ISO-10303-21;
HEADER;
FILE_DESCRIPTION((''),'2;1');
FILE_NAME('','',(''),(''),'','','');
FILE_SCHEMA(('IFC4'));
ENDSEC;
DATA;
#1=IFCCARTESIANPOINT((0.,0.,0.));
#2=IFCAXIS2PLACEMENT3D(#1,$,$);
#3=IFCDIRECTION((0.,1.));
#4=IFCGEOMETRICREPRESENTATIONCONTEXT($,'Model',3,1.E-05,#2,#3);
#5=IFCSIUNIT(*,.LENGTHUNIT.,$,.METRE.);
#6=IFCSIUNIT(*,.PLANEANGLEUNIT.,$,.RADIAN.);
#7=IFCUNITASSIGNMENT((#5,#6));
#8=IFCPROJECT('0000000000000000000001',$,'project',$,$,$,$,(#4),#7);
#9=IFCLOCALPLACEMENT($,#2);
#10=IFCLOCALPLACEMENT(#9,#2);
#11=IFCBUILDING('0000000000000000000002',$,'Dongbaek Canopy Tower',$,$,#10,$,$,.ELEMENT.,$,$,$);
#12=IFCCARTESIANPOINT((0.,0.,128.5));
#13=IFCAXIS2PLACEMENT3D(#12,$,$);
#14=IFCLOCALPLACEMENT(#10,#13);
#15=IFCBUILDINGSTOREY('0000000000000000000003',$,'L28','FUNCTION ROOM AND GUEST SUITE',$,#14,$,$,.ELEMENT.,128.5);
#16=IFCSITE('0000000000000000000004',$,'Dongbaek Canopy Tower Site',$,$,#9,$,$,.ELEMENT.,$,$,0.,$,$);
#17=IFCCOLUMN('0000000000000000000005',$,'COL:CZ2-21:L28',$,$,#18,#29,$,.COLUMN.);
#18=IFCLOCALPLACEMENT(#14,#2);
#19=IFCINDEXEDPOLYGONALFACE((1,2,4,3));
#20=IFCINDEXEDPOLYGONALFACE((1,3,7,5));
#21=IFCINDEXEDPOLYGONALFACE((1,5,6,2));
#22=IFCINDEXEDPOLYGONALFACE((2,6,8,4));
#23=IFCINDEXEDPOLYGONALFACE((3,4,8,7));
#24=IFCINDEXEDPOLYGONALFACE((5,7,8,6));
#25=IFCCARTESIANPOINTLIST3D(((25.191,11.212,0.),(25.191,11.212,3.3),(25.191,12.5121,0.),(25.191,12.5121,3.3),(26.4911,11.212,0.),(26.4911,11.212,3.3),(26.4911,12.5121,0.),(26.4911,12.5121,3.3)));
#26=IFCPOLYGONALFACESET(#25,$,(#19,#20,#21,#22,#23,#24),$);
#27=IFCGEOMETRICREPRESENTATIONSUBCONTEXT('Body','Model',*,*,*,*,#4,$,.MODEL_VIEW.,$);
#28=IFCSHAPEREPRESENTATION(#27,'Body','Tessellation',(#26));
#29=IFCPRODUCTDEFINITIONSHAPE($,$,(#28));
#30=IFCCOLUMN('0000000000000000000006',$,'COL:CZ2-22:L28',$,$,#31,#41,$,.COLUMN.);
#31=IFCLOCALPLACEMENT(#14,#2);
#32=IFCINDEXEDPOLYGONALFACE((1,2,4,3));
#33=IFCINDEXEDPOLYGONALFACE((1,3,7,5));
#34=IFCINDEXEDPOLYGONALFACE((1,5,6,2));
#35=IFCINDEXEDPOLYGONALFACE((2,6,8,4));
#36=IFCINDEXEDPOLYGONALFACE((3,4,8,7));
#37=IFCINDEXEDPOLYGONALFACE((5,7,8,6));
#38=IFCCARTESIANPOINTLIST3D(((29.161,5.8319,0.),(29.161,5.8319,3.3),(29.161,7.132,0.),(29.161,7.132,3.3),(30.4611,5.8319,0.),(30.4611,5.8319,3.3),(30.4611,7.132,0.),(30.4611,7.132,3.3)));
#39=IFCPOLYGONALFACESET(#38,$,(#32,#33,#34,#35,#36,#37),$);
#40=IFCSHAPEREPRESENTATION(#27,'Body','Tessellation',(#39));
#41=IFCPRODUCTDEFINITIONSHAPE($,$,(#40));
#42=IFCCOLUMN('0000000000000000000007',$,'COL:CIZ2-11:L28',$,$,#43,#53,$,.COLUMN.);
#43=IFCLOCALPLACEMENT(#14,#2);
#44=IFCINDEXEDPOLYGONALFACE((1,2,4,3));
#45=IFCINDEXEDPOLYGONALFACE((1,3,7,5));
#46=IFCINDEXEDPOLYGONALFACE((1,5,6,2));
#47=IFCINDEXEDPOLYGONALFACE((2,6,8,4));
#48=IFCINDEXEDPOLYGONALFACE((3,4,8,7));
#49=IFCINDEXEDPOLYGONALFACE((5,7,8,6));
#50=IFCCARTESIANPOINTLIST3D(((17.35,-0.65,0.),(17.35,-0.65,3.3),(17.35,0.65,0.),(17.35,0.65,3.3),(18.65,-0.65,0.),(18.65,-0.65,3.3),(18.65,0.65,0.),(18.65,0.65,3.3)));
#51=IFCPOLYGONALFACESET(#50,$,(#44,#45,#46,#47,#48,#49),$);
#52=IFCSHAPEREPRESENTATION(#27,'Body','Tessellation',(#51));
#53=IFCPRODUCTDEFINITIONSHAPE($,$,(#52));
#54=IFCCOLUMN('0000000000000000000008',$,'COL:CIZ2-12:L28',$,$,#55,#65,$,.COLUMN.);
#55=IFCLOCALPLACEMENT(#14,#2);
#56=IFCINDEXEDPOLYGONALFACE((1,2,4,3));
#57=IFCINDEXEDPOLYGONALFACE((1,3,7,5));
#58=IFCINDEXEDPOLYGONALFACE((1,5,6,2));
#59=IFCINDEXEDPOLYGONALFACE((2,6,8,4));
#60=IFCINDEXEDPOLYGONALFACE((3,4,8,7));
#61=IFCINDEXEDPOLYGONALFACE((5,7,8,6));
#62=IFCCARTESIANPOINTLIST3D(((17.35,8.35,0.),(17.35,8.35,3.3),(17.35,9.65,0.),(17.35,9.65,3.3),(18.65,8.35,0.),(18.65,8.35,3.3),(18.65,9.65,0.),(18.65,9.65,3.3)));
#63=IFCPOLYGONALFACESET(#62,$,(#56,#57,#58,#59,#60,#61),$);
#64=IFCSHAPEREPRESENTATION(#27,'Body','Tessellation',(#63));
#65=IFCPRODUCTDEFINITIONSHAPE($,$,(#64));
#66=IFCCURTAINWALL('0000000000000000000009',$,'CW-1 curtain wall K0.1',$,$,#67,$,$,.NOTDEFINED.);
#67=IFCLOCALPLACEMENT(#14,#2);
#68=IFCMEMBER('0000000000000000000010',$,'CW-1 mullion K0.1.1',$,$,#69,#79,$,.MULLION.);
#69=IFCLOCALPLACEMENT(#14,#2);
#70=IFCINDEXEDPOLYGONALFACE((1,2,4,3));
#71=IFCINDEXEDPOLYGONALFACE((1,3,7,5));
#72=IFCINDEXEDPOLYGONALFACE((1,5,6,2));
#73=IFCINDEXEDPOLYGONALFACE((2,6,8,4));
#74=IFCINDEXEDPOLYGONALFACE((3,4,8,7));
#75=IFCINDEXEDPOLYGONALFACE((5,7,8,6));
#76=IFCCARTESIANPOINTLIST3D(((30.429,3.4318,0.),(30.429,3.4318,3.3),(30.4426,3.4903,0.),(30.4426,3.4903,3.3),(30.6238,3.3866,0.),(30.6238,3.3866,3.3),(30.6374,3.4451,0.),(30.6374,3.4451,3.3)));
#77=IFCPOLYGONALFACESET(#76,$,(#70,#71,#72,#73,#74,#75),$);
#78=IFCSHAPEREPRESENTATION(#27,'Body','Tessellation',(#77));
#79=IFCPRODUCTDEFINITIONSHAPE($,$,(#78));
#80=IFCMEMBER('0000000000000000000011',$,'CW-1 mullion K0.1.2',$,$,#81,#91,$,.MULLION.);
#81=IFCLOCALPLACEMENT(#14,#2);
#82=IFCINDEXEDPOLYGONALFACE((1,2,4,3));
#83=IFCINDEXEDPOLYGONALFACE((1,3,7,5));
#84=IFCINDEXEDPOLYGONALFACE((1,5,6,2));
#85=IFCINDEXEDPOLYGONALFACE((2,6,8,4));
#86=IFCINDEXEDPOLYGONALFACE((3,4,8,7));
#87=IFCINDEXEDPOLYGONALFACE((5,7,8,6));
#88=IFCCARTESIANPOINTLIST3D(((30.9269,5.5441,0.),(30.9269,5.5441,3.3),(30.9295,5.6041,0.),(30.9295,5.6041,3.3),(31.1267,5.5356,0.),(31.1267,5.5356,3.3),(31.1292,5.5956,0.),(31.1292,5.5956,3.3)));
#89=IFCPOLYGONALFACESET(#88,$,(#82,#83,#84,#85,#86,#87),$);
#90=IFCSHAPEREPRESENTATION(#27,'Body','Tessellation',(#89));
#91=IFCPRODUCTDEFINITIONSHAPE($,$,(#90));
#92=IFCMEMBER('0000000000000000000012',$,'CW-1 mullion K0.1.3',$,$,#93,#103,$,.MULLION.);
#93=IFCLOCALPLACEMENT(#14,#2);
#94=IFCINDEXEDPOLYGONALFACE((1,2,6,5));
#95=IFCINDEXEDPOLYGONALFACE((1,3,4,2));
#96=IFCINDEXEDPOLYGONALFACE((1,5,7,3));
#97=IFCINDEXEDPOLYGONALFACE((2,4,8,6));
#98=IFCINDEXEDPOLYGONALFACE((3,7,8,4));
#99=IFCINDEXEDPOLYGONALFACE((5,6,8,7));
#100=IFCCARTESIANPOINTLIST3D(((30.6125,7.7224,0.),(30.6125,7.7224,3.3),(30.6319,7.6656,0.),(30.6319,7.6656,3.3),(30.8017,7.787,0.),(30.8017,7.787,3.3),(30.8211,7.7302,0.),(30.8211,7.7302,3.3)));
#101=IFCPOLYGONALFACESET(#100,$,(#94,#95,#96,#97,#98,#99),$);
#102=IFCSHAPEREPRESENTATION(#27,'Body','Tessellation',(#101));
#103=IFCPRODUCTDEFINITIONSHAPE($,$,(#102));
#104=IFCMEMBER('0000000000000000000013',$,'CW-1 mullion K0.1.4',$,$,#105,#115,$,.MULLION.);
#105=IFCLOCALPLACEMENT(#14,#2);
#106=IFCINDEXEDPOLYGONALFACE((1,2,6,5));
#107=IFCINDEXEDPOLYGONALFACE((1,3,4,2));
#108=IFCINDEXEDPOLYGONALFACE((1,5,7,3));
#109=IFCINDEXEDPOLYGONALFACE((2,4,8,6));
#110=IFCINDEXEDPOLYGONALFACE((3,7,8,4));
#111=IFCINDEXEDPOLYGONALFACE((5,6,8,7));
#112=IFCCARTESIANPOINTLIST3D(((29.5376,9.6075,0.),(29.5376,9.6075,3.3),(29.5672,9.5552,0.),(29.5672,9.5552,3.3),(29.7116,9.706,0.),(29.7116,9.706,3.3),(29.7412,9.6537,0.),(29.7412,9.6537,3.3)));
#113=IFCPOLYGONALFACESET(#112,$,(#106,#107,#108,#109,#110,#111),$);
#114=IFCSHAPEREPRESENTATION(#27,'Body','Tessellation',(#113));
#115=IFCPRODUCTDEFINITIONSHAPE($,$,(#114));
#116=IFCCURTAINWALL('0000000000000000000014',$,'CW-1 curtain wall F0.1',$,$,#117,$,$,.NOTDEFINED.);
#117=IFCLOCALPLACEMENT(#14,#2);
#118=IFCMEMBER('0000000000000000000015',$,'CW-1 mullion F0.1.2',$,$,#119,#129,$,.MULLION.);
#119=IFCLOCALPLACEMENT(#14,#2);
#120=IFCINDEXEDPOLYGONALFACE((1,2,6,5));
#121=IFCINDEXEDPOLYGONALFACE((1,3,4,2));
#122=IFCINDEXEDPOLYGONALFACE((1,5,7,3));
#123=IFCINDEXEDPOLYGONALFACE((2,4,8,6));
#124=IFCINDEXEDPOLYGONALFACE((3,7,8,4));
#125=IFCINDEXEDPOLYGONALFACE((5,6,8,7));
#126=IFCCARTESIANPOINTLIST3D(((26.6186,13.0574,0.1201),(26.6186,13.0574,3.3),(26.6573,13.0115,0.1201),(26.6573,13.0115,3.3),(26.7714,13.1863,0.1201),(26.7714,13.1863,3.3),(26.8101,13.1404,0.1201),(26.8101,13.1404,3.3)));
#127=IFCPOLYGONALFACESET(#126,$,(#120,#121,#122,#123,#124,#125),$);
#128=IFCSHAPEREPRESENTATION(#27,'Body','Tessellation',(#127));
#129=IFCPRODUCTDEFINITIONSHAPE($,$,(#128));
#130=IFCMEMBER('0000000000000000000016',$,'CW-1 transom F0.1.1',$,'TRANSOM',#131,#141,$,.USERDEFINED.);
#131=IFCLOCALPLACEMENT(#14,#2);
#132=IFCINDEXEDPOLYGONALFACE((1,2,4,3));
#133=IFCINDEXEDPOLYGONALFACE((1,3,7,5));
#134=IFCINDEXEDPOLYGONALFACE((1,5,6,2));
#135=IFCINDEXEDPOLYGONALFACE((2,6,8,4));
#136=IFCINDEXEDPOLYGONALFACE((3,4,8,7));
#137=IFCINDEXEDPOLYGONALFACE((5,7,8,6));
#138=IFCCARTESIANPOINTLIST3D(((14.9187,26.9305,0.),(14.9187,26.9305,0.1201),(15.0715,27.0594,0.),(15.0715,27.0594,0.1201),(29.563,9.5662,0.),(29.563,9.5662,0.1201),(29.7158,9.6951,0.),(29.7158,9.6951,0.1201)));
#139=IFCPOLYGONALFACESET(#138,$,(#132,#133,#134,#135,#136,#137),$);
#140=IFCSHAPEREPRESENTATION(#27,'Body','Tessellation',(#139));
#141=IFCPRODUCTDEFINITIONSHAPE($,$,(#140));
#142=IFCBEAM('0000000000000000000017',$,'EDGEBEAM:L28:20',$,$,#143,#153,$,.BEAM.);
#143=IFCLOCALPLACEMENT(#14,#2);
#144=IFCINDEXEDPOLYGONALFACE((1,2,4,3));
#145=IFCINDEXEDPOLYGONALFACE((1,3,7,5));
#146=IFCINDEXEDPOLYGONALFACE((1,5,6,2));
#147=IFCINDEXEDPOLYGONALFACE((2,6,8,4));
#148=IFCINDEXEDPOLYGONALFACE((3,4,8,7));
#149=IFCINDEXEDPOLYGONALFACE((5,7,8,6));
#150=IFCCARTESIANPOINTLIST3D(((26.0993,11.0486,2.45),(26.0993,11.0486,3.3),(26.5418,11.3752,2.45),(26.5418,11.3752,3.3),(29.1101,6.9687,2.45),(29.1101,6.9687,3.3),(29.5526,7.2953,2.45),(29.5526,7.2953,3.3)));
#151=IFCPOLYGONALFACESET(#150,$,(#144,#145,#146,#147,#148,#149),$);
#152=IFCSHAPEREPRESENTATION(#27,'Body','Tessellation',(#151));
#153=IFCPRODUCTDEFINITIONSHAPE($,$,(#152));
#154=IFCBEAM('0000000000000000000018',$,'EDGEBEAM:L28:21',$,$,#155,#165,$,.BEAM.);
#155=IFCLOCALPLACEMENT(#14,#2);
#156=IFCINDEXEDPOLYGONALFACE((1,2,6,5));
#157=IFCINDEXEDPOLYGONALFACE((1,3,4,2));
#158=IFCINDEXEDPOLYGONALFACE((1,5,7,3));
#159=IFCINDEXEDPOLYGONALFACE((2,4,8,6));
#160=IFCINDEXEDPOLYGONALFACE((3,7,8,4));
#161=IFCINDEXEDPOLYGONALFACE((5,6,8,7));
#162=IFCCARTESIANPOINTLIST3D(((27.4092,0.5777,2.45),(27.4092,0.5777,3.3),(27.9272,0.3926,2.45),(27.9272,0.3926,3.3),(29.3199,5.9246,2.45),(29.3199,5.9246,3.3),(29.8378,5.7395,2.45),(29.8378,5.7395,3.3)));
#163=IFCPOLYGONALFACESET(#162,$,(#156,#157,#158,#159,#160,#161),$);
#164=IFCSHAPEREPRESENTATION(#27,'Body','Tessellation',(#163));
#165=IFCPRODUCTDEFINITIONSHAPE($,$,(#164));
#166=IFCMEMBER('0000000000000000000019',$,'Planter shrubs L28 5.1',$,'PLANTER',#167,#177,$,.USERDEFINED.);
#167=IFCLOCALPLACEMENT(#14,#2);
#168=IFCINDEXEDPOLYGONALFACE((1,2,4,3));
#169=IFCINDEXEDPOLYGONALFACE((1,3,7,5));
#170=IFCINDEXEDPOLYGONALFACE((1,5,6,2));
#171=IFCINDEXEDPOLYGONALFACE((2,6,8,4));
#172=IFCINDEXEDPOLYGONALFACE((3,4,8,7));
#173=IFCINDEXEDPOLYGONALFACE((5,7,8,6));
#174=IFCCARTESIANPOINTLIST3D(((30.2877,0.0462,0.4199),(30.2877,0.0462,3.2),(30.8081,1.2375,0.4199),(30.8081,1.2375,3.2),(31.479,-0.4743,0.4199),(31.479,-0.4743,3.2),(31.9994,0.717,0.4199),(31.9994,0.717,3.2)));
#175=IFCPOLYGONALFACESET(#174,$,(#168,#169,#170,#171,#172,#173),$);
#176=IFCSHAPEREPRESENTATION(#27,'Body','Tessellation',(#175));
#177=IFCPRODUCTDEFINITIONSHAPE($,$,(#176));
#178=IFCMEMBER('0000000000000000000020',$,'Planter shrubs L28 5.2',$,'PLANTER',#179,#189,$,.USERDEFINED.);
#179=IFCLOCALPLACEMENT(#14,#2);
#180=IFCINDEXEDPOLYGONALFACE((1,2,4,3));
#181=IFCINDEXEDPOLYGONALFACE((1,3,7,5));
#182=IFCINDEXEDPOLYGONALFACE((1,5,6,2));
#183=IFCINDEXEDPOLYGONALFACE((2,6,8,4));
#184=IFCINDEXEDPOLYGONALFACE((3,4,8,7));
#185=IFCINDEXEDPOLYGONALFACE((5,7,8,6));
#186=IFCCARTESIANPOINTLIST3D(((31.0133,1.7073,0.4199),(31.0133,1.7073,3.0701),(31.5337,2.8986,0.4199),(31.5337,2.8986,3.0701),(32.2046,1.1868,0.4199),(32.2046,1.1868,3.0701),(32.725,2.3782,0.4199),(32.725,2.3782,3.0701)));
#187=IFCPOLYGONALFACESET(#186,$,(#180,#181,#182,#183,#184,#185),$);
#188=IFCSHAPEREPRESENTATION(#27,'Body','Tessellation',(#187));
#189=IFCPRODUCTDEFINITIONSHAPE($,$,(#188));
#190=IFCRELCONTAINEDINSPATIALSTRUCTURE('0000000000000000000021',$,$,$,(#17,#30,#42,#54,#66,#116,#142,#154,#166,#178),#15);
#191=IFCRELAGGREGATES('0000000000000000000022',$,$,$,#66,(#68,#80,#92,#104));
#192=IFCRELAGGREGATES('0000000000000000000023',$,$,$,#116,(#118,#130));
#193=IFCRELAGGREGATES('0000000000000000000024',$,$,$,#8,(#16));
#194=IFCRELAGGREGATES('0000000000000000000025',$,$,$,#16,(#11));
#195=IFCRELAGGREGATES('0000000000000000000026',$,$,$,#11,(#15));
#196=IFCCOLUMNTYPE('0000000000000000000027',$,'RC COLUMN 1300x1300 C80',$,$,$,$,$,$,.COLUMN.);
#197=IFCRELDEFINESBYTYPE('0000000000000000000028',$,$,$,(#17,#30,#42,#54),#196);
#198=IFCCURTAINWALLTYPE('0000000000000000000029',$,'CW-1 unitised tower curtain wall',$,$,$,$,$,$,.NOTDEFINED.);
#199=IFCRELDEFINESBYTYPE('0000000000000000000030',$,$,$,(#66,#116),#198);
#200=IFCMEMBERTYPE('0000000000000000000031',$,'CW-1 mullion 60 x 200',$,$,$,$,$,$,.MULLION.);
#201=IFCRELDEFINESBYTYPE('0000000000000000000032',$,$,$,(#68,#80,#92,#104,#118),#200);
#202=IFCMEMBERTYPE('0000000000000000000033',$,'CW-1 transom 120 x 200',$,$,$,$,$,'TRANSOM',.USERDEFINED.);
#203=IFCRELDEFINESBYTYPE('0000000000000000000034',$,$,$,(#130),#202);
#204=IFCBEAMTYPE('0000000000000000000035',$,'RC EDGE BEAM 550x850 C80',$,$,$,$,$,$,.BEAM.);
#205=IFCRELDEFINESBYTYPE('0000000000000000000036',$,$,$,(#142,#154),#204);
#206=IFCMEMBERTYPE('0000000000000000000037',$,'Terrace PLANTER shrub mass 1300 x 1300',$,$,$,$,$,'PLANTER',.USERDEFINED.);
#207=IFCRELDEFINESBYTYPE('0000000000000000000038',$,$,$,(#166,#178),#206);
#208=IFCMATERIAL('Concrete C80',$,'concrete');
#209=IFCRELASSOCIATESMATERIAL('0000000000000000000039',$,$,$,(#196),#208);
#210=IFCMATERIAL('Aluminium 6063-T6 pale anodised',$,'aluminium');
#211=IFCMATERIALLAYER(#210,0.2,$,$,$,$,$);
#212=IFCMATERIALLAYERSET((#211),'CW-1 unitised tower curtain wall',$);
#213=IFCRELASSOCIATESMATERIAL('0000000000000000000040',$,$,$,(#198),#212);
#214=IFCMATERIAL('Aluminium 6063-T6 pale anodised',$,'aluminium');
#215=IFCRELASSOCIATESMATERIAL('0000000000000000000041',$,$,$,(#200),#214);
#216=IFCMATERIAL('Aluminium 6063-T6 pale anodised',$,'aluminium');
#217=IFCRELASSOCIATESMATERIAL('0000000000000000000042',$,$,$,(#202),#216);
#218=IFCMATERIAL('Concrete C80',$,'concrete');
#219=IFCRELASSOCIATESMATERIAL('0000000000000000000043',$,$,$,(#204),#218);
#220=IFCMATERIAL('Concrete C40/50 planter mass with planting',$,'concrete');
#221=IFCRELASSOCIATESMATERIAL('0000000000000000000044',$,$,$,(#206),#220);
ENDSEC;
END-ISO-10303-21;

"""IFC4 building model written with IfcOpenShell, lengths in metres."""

from ifc_helpers import new_model, si_unit, direction, frame, origin, origin_2d, place, context, subcontext, project, spatial, rectangle, extrude, material, layer, layer_set, material_profile, profile_set, type_object, element, aggregate, save


model = new_model("IFC4")

# Units and contexts
model_context = context("Model", 3, precision=1e-05, world=origin(), true_north=direction((0.0, 1.0)))
body_context = subcontext(model_context, "Body", "Model", "MODEL_VIEW")
ifc_project = project(units=[si_unit("LENGTHUNIT", "METRE"), si_unit("PLANEANGLEUNIT", "RADIAN")], contexts=[model_context])

# Site, building, storey
site_placement = place(None, origin())
site = spatial("IfcSite", under=ifc_project, at=site_placement, Name="Dongbaek Canopy Tower Site", CompositionType="ELEMENT", RefElevation=0.0)
building_placement = place(site_placement, origin())
building = spatial("IfcBuilding", under=site, at=building_placement, Name="Dongbaek Canopy Tower", CompositionType="ELEMENT")
storey_placement = place(building_placement, frame((0.0, 0.0, 128.5)))
storey = spatial("IfcBuildingStorey", under=building, at=storey_placement, Name="L28", Description="FUNCTION ROOM AND GUEST SUITE", CompositionType="ELEMENT", Elevation=128.5)

# Columns
ifc_material_1 = material(Name="Concrete C80", Category="concrete")
ifc_material_profile_1 = material_profile(ifc_material_1, rectangle(XDim=1.3, YDim=1.3, at=origin_2d()), Name="RC COLUMN 1300x1300 C80")
ifc_profile_set_1 = profile_set([ifc_material_profile_1], Name="Concrete C80")
column_type = type_object("IfcColumnType", Name="RC COLUMN 1300x1300 C80", PredefinedType="COLUMN", material=ifc_profile_set_1)
for number, where, z_axis, x_axis, name in (
    (1, (25.8411, 11.8621, 0.0), (0.0, 0.0, 1.0), (1.0, 0.0, 0.0), "COL:CZ2-21:L28"),
    (2, (29.811, 6.4819, 0.0), (0.0, 0.0, 1.0), (1.0, 0.0, 0.0), "COL:CZ2-22:L28"),
    (3, (18.0, 0.0, 0.0), (0.0, 0.0, 1.0), (1.0, 0.0, 0.0), "COL:CIZ2-11:L28"),
    (4, (18.0, 9.0, 0.0), (0.0, 0.0, 1.0), (1.0, 0.0, 0.0), "COL:CIZ2-12:L28"),
):
    element("IfcColumn", number, at=place(storey_placement, frame(where, z_axis=z_axis, x_axis=x_axis)), inside=storey, type_object=column_type, Name=name, PredefinedType="COLUMN", context=body_context, shape_type="SweptSolid", body=[
        extrude(rectangle(XDim=1.3, YDim=1.3, at=origin_2d()), origin(), (0.0, 0.0, 1.0), 3.3),
    ])

# Curtain walls, members
ifc_material_2 = material(Name="Aluminium 6063-T6 pale anodised", Category="aluminium")
ifc_layer_1 = layer(ifc_material_2, 0.2)
ifc_layer_set_1 = layer_set([ifc_layer_1], Name="CW-1 unitised tower curtain wall")
curtain_wall_type = type_object("IfcCurtainWallType", Name="CW-1 unitised tower curtain wall", PredefinedType="NOTDEFINED", material=ifc_layer_set_1)
curtain_wall_1_placement = place(storey_placement, origin())
curtain_wall_1 = element("IfcCurtainWall", 5, at=curtain_wall_1_placement, inside=storey, type_object=curtain_wall_type, Name="CW-1 curtain wall K0.1", PredefinedType="NOTDEFINED")
ifc_material_3 = material(Name="Aluminium 6063-T6 pale anodised", Category="aluminium")
ifc_material_profile_2 = material_profile(ifc_material_3, rectangle(XDim=0.2, YDim=0.0601, at=origin_2d()), Name="CW-1 mullion 60 x 200")
ifc_profile_set_2 = profile_set([ifc_material_profile_2], Name="Aluminium 6063-T6 pale anodised")
member_type_1 = type_object("IfcMemberType", Name="CW-1 mullion 60 x 200", PredefinedType="MULLION", material=ifc_profile_set_2)
member_1_placement = place(storey_placement, frame((30.5332, 3.4385, 0.0), z_axis=(0.0, 0.0, 1.0), x_axis=(0.974089, -0.226166, 0.0)))
member_1 = element("IfcMember", 6, at=member_1_placement, type_object=member_type_1, Name="CW-1 mullion K0.1.1", PredefinedType="MULLION", context=body_context, shape_type="SweptSolid", body=[
    extrude(rectangle(XDim=0.2, YDim=0.0601, at=origin_2d()), origin(), (0.0, 0.0, 1.0), 3.3),
])
member_2_placement = place(storey_placement, frame((31.0281, 5.5698, 0.0), z_axis=(0.0, 0.0, 1.0), x_axis=(0.999102, -0.042374, 0.0)))
member_2 = element("IfcMember", 7, at=member_2_placement, type_object=member_type_1, Name="CW-1 mullion K0.1.2", PredefinedType="MULLION", context=body_context, shape_type="SweptSolid", body=[
    extrude(rectangle(XDim=0.2, YDim=0.0601, at=origin_2d()), origin(), (0.0, 0.0, 1.0), 3.3),
])
member_3_placement = place(storey_placement, frame((30.7168, 7.7263, 0.0), z_axis=(0.0, 0.0, 1.0), x_axis=(0.946327, 0.32321, 0.0)))
member_3 = element("IfcMember", 8, at=member_3_placement, type_object=member_type_1, Name="CW-1 mullion K0.1.3", PredefinedType="MULLION", context=body_context, shape_type="SweptSolid", body=[
    extrude(rectangle(XDim=0.2, YDim=0.0601, at=origin_2d()), origin(), (0.0, 0.0, 1.0), 3.3),
])
member_4_placement = place(storey_placement, frame((29.6394, 9.6306, 0.0), z_axis=(0.0, 0.0, 1.0), x_axis=(0.870356, 0.492424, 0.0)))
member_4 = element("IfcMember", 9, at=member_4_placement, type_object=member_type_1, Name="CW-1 mullion K0.1.4", PredefinedType="MULLION", context=body_context, shape_type="SweptSolid", body=[
    extrude(rectangle(XDim=0.2, YDim=0.0601, at=origin_2d()), origin(), (0.0, 0.0, 1.0), 3.3),
])
curtain_wall_2_placement = place(storey_placement, origin())
curtain_wall_2 = element("IfcCurtainWall", 10, at=curtain_wall_2_placement, inside=storey, type_object=curtain_wall_type, Name="CW-1 curtain wall F0.1", PredefinedType="NOTDEFINED")
member_5_placement = place(storey_placement, frame((26.7144, 13.0989, 0.1201), z_axis=(0.0, 0.0, 1.0), x_axis=(0.764439, 0.644696, 0.0)))
member_5 = element("IfcMember", 11, at=member_5_placement, type_object=member_type_1, Name="CW-1 mullion F0.1.2", PredefinedType="MULLION", context=body_context, shape_type="SweptSolid", body=[
    extrude(rectangle(XDim=0.2, YDim=0.0601, at=origin_2d()), origin(), (0.0, 0.0, 1.0), 3.1799),
])
ifc_material_4 = material(Name="Aluminium 6063-T6 pale anodised", Category="aluminium")
ifc_material_profile_3 = material_profile(ifc_material_4, rectangle(XDim=0.2, YDim=0.1201, at=origin_2d()), Name="CW-1 transom 120 x 200")
ifc_profile_set_3 = profile_set([ifc_material_profile_3], Name="Aluminium 6063-T6 pale anodised")
member_type_2 = type_object("IfcMemberType", Name="CW-1 transom 120 x 200", ElementType="TRANSOM", PredefinedType="USERDEFINED", material=ifc_profile_set_3)
member_6_placement = place(storey_placement, frame((29.6394, 9.6306, 0.0601), z_axis=(-0.644696, 0.764439, 0.0), x_axis=(-0.764439, -0.644696, 0.0)))
member_6 = element("IfcMember", 12, at=member_6_placement, type_object=member_type_2, Name="CW-1 transom F0.1.1", ObjectType="TRANSOM", PredefinedType="USERDEFINED", context=body_context, shape_type="SweptSolid", body=[
    extrude(rectangle(XDim=0.2, YDim=0.1201, at=origin_2d()), origin(), (0.0, 0.0, 1.0), 22.7151),
])

# Beams
ifc_material_5 = material(Name="Concrete C80", Category="concrete")
ifc_material_profile_4 = material_profile(ifc_material_5, rectangle(XDim=0.55, YDim=0.8501, at=origin_2d()), Name="RC EDGE BEAM 550x850 C80")
ifc_profile_set_4 = profile_set([ifc_material_profile_4], Name="Concrete C80")
beam_type = type_object("IfcBeamType", Name="RC EDGE BEAM 550x850 C80", PredefinedType="BEAM", material=ifc_profile_set_4)
beam_1_placement = place(storey_placement, frame((26.3206, 11.2119, 2.875), z_axis=(0.59378, -0.804627, 0.0), x_axis=(0.804627, 0.59378, 0.0)))
element("IfcBeam", 13, at=beam_1_placement, inside=storey, type_object=beam_type, Name="EDGEBEAM:L28:20", PredefinedType="BEAM", context=body_context, shape_type="SweptSolid", body=[
    extrude(rectangle(XDim=0.55, YDim=0.8501, at=origin_2d()), origin(), (0.0, 0.0, 1.0), 5.0706),
])
beam_2_placement = place(storey_placement, frame((29.5789, 5.832, 2.875), z_axis=(-0.336497, -0.941685, 0.0), x_axis=(0.941685, -0.336497, 0.0)))
element("IfcBeam", 14, at=beam_2_placement, inside=storey, type_object=beam_type, Name="EDGEBEAM:L28:21", PredefinedType="BEAM", context=body_context, shape_type="SweptSolid", body=[
    extrude(rectangle(XDim=0.55, YDim=0.8501, at=origin_2d()), origin(), (0.0, 0.0, 1.0), 5.678),
])

# Members
ifc_material_6 = material(Name="Concrete C40/50 planter mass with planting", Category="concrete")
ifc_material_profile_5 = material_profile(ifc_material_6, rectangle(XDim=1.3, YDim=1.3, at=origin_2d()), Name="Terrace PLANTER shrub mass 1300 x 1300")
ifc_profile_set_5 = profile_set([ifc_material_profile_5], Name="Concrete C40/50 planter mass with planting")
member_type_3 = type_object("IfcMemberType", Name="Terrace PLANTER shrub mass 1300 x 1300", ElementType="PLANTER", PredefinedType="USERDEFINED", material=ifc_profile_set_5)
member_7_placement = place(storey_placement, frame((31.1436, 0.3816, 0.4199), z_axis=(0.0, 0.0, 1.0), x_axis=(0.916368, -0.400336, 0.0)))
element("IfcMember", 15, at=member_7_placement, inside=storey, type_object=member_type_3, Name="Planter shrubs L28 5.1", ObjectType="PLANTER", PredefinedType="USERDEFINED", context=body_context, shape_type="SweptSolid", body=[
    extrude(rectangle(XDim=1.3, YDim=1.3, at=origin_2d()), origin(), (0.0, 0.0, 1.0), 2.78),
])
member_8_placement = place(storey_placement, frame((31.8691, 2.0427, 0.4199), z_axis=(0.0, 0.0, 1.0), x_axis=(0.916368, -0.400336, 0.0)))
element("IfcMember", 16, at=member_8_placement, inside=storey, type_object=member_type_3, Name="Planter shrubs L28 5.2", ObjectType="PLANTER", PredefinedType="USERDEFINED", context=body_context, shape_type="SweptSolid", body=[
    extrude(rectangle(XDim=1.3, YDim=1.3, at=origin_2d()), origin(), (0.0, 0.0, 1.0), 2.6501),
])

aggregate(curtain_wall_1, [member_1, member_2, member_3, member_4])

aggregate(curtain_wall_2, [member_5, member_6])

save(model, "model.ifc")
